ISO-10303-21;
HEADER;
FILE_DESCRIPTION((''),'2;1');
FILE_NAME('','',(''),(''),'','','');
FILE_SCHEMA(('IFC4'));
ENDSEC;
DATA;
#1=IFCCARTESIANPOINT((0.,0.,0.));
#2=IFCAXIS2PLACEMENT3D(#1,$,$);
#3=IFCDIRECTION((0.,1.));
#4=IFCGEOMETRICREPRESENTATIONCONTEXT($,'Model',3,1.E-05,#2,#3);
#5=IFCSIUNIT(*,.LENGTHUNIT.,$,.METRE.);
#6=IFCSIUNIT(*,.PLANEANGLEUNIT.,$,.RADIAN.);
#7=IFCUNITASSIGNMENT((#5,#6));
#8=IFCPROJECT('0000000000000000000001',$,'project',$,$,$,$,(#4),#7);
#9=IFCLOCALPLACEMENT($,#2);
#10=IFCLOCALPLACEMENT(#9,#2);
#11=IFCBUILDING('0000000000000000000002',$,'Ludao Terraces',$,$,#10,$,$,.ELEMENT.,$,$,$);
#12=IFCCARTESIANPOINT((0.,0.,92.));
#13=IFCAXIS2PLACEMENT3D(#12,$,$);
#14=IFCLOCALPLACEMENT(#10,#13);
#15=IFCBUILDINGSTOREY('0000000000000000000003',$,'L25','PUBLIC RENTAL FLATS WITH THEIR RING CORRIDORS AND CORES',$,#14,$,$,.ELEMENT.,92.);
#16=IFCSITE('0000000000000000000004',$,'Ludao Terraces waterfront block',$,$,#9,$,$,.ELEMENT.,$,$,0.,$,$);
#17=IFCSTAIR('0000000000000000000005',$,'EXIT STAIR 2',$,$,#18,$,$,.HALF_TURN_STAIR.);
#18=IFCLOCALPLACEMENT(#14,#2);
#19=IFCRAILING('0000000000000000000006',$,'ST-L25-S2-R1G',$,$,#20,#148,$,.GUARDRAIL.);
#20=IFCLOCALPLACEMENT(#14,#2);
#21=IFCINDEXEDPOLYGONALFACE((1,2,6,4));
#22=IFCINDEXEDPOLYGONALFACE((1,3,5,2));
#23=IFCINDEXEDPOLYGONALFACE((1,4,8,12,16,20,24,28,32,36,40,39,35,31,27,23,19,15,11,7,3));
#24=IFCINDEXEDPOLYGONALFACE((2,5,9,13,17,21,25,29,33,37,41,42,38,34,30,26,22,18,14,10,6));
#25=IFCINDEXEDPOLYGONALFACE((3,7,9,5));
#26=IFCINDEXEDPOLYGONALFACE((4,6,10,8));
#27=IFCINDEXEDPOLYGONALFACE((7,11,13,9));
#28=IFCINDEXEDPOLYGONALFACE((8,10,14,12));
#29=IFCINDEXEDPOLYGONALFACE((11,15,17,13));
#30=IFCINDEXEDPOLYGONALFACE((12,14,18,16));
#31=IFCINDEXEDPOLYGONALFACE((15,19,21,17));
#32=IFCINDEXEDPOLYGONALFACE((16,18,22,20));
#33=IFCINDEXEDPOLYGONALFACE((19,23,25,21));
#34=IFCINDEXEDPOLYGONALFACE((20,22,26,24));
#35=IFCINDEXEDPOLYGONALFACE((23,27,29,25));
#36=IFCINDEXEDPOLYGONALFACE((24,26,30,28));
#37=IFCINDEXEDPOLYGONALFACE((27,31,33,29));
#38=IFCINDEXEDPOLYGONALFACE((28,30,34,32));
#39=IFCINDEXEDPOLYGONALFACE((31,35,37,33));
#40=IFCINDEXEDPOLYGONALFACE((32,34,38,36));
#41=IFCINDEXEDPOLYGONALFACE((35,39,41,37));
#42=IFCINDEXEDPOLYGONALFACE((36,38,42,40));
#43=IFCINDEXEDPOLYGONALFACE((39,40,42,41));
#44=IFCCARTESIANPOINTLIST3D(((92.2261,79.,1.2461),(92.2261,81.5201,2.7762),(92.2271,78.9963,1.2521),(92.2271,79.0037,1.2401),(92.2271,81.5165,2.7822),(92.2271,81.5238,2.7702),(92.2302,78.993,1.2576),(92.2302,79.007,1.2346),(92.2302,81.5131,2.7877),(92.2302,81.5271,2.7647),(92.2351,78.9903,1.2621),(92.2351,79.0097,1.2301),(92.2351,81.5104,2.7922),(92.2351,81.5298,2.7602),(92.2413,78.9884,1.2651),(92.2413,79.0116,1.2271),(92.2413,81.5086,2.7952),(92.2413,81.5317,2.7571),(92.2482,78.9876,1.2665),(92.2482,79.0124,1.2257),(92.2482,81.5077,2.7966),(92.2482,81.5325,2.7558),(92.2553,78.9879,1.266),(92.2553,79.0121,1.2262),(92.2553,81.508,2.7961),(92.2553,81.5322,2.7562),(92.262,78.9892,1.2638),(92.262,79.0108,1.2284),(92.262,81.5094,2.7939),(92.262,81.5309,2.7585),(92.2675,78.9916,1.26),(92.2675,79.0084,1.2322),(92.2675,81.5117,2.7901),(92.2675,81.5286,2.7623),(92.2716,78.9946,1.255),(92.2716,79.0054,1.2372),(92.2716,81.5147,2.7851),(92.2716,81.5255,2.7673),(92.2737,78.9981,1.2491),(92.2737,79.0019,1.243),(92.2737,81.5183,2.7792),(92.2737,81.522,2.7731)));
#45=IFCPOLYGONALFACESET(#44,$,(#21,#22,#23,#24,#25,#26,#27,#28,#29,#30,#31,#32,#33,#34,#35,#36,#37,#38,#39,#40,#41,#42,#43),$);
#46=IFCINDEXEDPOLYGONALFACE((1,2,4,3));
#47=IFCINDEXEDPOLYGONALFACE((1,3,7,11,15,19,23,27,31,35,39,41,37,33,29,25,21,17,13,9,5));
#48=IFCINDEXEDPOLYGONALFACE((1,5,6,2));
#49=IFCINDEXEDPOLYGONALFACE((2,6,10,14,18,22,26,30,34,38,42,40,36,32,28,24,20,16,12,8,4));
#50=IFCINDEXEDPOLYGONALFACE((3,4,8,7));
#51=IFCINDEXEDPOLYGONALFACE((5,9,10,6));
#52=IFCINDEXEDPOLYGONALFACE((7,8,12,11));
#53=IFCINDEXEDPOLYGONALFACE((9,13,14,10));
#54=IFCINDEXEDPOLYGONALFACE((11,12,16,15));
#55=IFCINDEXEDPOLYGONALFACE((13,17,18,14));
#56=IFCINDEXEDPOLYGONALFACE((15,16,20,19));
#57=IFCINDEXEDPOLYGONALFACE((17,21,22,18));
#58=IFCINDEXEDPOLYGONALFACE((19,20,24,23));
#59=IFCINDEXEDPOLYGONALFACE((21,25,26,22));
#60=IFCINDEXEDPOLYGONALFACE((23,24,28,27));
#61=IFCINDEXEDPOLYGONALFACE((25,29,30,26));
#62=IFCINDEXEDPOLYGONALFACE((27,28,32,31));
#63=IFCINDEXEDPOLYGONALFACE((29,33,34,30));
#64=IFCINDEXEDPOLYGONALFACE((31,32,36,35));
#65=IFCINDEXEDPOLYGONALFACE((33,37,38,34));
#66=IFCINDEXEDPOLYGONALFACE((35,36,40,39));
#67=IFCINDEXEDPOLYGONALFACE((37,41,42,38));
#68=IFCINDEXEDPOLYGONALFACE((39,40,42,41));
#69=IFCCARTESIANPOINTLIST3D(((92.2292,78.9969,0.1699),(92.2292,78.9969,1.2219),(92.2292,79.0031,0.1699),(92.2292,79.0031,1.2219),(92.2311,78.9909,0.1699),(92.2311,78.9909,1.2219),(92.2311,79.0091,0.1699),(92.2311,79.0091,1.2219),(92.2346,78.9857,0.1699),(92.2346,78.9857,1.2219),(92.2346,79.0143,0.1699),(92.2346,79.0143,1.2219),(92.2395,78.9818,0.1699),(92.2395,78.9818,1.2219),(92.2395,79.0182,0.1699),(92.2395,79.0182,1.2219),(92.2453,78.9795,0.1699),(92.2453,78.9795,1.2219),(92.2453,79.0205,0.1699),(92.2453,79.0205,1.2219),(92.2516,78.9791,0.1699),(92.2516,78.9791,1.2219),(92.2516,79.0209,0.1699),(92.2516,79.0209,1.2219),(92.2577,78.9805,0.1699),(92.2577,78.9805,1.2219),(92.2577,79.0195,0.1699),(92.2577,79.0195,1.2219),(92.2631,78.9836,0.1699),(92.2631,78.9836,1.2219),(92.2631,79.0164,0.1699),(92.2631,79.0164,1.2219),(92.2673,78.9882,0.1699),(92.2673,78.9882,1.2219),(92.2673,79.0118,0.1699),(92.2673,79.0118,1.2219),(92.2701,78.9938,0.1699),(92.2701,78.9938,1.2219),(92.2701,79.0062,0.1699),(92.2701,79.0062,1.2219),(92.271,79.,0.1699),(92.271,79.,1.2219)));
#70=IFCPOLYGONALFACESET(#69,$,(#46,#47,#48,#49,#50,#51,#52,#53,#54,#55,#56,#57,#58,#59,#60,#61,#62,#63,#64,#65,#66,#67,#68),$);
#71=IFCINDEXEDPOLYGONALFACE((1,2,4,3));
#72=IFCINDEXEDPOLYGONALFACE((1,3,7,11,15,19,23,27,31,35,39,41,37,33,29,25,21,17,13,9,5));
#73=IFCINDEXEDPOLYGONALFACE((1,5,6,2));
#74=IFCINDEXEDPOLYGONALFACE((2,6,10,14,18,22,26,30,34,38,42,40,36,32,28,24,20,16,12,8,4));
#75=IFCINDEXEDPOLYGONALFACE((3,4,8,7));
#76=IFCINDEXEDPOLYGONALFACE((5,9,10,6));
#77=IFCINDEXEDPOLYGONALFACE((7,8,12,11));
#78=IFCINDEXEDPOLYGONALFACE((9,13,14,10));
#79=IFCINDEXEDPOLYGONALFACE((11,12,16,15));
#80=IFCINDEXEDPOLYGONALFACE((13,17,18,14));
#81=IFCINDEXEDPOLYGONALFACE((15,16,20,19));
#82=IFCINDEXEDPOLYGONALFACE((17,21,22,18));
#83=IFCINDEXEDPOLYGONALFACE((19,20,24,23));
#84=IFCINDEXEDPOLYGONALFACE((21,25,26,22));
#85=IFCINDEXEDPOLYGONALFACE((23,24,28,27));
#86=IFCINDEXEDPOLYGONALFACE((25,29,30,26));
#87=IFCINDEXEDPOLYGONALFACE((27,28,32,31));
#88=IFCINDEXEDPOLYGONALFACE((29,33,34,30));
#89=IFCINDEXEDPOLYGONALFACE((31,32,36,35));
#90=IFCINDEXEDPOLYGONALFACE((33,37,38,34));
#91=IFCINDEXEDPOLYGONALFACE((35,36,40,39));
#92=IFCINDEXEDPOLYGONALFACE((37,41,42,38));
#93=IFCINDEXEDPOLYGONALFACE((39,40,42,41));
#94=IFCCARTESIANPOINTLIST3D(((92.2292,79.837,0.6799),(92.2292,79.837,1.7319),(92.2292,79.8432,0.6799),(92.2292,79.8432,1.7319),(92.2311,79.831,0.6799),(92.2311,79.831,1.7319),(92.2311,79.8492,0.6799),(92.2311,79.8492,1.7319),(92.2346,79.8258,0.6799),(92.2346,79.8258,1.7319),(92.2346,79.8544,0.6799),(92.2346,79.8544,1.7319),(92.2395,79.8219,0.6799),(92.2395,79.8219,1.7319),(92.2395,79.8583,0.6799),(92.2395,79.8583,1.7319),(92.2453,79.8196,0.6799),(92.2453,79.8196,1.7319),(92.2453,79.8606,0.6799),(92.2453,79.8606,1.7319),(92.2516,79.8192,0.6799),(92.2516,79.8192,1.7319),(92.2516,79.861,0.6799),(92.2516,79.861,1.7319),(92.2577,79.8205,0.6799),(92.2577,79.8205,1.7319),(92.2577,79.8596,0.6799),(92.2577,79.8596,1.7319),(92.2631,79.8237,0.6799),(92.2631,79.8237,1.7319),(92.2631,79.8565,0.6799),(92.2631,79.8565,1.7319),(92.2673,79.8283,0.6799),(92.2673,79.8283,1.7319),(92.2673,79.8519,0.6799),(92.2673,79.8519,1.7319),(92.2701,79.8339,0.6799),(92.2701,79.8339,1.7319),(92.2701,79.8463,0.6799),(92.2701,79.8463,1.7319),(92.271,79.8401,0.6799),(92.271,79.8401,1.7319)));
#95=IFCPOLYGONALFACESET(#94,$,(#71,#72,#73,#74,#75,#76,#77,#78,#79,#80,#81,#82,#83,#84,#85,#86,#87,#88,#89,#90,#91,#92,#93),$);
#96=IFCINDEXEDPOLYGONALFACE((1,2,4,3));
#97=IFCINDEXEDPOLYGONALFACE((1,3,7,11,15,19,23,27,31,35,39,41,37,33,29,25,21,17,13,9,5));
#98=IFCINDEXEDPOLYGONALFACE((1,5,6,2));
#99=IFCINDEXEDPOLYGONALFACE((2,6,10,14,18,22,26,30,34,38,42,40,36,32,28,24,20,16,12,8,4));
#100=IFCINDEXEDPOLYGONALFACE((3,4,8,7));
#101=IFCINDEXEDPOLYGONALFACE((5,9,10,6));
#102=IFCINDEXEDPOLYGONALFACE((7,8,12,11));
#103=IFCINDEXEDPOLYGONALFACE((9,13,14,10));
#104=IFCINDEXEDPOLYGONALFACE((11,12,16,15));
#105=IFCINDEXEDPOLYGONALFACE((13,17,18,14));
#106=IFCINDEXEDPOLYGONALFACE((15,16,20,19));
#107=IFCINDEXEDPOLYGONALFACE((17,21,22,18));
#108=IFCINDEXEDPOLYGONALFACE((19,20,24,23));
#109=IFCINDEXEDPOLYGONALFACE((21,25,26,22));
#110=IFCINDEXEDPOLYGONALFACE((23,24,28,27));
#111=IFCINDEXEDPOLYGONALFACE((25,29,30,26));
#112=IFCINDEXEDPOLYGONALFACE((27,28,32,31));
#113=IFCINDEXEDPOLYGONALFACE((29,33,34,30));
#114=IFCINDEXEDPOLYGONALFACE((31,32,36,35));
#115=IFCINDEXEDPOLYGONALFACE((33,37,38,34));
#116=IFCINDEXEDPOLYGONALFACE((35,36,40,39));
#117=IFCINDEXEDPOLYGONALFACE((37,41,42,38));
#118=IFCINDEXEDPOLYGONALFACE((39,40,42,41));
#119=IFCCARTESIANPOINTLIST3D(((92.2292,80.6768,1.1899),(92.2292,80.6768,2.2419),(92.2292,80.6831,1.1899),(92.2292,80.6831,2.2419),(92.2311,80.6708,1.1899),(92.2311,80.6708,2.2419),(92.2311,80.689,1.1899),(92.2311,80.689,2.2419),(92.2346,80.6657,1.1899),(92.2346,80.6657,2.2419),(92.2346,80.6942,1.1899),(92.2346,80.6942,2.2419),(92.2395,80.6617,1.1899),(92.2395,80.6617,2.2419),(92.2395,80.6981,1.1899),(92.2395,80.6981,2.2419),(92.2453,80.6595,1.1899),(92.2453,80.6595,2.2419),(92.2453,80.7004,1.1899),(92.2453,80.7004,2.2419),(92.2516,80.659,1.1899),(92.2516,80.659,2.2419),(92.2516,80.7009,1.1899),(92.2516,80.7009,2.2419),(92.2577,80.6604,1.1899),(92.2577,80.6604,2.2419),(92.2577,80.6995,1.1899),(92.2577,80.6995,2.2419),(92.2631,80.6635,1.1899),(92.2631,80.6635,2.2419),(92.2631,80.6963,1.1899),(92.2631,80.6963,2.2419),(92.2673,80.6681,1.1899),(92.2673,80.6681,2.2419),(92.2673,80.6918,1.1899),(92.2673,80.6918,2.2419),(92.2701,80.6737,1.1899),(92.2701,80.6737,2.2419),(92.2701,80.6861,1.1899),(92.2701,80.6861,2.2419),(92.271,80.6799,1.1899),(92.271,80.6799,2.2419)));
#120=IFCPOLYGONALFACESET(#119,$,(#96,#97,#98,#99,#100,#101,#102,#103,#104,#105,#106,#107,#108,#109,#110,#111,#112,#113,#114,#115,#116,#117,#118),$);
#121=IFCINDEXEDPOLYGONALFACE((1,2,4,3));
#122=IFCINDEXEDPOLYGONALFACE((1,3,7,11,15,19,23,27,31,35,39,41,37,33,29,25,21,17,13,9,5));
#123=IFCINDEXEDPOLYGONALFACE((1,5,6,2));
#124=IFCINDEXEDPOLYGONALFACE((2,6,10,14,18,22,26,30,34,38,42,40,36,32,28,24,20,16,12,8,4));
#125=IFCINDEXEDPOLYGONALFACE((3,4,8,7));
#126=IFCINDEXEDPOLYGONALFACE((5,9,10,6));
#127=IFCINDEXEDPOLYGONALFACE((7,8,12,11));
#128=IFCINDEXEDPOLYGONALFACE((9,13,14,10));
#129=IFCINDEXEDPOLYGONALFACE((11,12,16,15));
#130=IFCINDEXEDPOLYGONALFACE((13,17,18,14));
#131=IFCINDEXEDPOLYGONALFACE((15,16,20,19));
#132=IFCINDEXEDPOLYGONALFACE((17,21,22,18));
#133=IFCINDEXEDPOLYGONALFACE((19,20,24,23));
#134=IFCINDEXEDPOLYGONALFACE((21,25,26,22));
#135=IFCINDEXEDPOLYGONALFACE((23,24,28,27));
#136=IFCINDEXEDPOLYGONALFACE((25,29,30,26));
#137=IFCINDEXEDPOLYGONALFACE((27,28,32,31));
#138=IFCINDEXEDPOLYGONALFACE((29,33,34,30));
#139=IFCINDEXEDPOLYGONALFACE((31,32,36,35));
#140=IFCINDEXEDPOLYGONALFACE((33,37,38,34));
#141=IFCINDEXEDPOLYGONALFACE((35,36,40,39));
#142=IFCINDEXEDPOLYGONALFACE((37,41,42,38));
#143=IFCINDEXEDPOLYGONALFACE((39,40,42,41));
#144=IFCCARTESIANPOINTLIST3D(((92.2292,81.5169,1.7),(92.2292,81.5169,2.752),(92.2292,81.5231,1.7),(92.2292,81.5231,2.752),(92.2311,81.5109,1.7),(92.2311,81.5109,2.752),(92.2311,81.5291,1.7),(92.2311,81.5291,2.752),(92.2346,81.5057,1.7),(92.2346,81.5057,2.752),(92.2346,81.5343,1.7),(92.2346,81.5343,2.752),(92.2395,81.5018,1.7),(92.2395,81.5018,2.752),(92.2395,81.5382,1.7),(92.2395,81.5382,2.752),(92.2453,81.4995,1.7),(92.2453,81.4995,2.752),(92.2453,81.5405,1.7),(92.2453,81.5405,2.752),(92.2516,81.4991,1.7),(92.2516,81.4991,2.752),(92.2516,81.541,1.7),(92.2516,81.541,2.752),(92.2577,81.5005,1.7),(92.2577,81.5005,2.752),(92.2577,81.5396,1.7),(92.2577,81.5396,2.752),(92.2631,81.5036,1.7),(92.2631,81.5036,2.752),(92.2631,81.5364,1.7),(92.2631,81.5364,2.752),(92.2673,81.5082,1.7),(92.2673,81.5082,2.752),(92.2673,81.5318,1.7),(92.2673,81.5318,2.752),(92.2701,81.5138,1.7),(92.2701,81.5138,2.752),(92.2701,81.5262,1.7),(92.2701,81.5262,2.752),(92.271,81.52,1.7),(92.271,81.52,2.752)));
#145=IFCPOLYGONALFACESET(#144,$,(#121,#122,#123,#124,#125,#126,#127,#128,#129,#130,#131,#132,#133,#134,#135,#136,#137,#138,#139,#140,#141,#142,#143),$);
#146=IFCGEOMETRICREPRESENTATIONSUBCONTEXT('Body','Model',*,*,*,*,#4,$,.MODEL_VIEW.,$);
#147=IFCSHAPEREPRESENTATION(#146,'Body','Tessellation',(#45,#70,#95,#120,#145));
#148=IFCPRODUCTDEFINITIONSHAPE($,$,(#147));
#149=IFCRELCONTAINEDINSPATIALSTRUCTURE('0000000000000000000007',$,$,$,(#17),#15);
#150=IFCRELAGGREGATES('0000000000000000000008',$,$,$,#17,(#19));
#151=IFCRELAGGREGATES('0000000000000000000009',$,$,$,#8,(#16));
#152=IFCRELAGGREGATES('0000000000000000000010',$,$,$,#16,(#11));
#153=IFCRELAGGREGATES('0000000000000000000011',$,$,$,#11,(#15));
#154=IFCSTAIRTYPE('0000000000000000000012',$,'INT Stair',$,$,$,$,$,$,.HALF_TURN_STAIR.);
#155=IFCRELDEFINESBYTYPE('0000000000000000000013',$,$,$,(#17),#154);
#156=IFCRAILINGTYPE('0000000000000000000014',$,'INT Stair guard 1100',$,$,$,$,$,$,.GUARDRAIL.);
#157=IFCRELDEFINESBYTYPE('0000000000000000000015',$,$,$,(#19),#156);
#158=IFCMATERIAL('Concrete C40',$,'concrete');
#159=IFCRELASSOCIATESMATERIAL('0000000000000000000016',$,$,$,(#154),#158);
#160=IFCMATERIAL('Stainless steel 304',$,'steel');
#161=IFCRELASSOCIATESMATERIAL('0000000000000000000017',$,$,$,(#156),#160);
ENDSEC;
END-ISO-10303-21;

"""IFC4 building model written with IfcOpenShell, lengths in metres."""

from ifc_helpers import new_model, si_unit, direction, frame, origin, origin_2d, place, context, subcontext, project, spatial, circle, extrude, material, type_object, element, aggregate, save


model = new_model("IFC4")

# Units and contexts
model_context = context("Model", 3, precision=1e-05, world=origin(), true_north=direction((0.0, 1.0)))
body_context = subcontext(model_context, "Body", "Model", "MODEL_VIEW")
ifc_project = project(units=[si_unit("LENGTHUNIT", "METRE"), si_unit("PLANEANGLEUNIT", "RADIAN")], contexts=[model_context])

# Site, building, storey
site_placement = place(None, origin())
site = spatial("IfcSite", under=ifc_project, at=site_placement, Name="Ludao Terraces waterfront block", CompositionType="ELEMENT", RefElevation=0.0)
building_placement = place(site_placement, origin())
building = spatial("IfcBuilding", under=site, at=building_placement, Name="Ludao Terraces", CompositionType="ELEMENT")
storey_placement = place(building_placement, frame((0.0, 0.0, 92.0)))
storey = spatial("IfcBuildingStorey", under=building, at=storey_placement, Name="L25", Description="PUBLIC RENTAL FLATS WITH THEIR RING CORRIDORS AND CORES", CompositionType="ELEMENT", Elevation=92.0)

# Stair, railing
ifc_material_1 = material(Name="Concrete C40", Category="concrete")
stair_type = type_object("IfcStairType", Name="INT Stair", PredefinedType="HALF_TURN_STAIR", material=ifc_material_1)
stair_placement = place(storey_placement, origin())
stair = element("IfcStair", 1, at=stair_placement, inside=storey, type_object=stair_type, Name="EXIT STAIR 2", PredefinedType="HALF_TURN_STAIR")
ifc_material_2 = material(Name="Stainless steel 304", Category="steel")
railing_type_1 = type_object("IfcRailingType", Name="INT Stair guard 1100", PredefinedType="GUARDRAIL", material=ifc_material_2)
railing_1_placement = place(storey_placement, frame((92.25, 79.0, 0.1699)))
railing_1 = element("IfcRailing", 2, at=railing_1_placement, type_object=railing_type_1, Name="ST-L25-S2-R1G", PredefinedType="GUARDRAIL", context=body_context, shape_type="SweptSolid", body=[
    extrude(circle(Radius=0.0239, at=origin_2d()), frame((0.0, 0.0, 1.0762), z_axis=(0.0, 0.854785, 0.518982), x_axis=(-1.0, 0.0, 0.0)), (0.0, 0.0, 1.0), 2.9482),
    extrude(circle(Radius=0.021, at=origin_2d()), origin(), (0.0, 0.0, 1.0), 1.052),
    extrude(circle(Radius=0.021, at=origin_2d()), frame((0.0, 0.8401, 0.51)), (0.0, 0.0, 1.0), 1.052),
    extrude(circle(Radius=0.021, at=origin_2d()), frame((0.0, 1.6799, 1.02)), (0.0, 0.0, 1.0), 1.052),
    extrude(circle(Radius=0.021, at=origin_2d()), frame((0.0, 2.52, 1.53)), (0.0, 0.0, 1.0), 1.052),
])
aggregate(stair, [railing_1])

save(model, "model.ifc")
